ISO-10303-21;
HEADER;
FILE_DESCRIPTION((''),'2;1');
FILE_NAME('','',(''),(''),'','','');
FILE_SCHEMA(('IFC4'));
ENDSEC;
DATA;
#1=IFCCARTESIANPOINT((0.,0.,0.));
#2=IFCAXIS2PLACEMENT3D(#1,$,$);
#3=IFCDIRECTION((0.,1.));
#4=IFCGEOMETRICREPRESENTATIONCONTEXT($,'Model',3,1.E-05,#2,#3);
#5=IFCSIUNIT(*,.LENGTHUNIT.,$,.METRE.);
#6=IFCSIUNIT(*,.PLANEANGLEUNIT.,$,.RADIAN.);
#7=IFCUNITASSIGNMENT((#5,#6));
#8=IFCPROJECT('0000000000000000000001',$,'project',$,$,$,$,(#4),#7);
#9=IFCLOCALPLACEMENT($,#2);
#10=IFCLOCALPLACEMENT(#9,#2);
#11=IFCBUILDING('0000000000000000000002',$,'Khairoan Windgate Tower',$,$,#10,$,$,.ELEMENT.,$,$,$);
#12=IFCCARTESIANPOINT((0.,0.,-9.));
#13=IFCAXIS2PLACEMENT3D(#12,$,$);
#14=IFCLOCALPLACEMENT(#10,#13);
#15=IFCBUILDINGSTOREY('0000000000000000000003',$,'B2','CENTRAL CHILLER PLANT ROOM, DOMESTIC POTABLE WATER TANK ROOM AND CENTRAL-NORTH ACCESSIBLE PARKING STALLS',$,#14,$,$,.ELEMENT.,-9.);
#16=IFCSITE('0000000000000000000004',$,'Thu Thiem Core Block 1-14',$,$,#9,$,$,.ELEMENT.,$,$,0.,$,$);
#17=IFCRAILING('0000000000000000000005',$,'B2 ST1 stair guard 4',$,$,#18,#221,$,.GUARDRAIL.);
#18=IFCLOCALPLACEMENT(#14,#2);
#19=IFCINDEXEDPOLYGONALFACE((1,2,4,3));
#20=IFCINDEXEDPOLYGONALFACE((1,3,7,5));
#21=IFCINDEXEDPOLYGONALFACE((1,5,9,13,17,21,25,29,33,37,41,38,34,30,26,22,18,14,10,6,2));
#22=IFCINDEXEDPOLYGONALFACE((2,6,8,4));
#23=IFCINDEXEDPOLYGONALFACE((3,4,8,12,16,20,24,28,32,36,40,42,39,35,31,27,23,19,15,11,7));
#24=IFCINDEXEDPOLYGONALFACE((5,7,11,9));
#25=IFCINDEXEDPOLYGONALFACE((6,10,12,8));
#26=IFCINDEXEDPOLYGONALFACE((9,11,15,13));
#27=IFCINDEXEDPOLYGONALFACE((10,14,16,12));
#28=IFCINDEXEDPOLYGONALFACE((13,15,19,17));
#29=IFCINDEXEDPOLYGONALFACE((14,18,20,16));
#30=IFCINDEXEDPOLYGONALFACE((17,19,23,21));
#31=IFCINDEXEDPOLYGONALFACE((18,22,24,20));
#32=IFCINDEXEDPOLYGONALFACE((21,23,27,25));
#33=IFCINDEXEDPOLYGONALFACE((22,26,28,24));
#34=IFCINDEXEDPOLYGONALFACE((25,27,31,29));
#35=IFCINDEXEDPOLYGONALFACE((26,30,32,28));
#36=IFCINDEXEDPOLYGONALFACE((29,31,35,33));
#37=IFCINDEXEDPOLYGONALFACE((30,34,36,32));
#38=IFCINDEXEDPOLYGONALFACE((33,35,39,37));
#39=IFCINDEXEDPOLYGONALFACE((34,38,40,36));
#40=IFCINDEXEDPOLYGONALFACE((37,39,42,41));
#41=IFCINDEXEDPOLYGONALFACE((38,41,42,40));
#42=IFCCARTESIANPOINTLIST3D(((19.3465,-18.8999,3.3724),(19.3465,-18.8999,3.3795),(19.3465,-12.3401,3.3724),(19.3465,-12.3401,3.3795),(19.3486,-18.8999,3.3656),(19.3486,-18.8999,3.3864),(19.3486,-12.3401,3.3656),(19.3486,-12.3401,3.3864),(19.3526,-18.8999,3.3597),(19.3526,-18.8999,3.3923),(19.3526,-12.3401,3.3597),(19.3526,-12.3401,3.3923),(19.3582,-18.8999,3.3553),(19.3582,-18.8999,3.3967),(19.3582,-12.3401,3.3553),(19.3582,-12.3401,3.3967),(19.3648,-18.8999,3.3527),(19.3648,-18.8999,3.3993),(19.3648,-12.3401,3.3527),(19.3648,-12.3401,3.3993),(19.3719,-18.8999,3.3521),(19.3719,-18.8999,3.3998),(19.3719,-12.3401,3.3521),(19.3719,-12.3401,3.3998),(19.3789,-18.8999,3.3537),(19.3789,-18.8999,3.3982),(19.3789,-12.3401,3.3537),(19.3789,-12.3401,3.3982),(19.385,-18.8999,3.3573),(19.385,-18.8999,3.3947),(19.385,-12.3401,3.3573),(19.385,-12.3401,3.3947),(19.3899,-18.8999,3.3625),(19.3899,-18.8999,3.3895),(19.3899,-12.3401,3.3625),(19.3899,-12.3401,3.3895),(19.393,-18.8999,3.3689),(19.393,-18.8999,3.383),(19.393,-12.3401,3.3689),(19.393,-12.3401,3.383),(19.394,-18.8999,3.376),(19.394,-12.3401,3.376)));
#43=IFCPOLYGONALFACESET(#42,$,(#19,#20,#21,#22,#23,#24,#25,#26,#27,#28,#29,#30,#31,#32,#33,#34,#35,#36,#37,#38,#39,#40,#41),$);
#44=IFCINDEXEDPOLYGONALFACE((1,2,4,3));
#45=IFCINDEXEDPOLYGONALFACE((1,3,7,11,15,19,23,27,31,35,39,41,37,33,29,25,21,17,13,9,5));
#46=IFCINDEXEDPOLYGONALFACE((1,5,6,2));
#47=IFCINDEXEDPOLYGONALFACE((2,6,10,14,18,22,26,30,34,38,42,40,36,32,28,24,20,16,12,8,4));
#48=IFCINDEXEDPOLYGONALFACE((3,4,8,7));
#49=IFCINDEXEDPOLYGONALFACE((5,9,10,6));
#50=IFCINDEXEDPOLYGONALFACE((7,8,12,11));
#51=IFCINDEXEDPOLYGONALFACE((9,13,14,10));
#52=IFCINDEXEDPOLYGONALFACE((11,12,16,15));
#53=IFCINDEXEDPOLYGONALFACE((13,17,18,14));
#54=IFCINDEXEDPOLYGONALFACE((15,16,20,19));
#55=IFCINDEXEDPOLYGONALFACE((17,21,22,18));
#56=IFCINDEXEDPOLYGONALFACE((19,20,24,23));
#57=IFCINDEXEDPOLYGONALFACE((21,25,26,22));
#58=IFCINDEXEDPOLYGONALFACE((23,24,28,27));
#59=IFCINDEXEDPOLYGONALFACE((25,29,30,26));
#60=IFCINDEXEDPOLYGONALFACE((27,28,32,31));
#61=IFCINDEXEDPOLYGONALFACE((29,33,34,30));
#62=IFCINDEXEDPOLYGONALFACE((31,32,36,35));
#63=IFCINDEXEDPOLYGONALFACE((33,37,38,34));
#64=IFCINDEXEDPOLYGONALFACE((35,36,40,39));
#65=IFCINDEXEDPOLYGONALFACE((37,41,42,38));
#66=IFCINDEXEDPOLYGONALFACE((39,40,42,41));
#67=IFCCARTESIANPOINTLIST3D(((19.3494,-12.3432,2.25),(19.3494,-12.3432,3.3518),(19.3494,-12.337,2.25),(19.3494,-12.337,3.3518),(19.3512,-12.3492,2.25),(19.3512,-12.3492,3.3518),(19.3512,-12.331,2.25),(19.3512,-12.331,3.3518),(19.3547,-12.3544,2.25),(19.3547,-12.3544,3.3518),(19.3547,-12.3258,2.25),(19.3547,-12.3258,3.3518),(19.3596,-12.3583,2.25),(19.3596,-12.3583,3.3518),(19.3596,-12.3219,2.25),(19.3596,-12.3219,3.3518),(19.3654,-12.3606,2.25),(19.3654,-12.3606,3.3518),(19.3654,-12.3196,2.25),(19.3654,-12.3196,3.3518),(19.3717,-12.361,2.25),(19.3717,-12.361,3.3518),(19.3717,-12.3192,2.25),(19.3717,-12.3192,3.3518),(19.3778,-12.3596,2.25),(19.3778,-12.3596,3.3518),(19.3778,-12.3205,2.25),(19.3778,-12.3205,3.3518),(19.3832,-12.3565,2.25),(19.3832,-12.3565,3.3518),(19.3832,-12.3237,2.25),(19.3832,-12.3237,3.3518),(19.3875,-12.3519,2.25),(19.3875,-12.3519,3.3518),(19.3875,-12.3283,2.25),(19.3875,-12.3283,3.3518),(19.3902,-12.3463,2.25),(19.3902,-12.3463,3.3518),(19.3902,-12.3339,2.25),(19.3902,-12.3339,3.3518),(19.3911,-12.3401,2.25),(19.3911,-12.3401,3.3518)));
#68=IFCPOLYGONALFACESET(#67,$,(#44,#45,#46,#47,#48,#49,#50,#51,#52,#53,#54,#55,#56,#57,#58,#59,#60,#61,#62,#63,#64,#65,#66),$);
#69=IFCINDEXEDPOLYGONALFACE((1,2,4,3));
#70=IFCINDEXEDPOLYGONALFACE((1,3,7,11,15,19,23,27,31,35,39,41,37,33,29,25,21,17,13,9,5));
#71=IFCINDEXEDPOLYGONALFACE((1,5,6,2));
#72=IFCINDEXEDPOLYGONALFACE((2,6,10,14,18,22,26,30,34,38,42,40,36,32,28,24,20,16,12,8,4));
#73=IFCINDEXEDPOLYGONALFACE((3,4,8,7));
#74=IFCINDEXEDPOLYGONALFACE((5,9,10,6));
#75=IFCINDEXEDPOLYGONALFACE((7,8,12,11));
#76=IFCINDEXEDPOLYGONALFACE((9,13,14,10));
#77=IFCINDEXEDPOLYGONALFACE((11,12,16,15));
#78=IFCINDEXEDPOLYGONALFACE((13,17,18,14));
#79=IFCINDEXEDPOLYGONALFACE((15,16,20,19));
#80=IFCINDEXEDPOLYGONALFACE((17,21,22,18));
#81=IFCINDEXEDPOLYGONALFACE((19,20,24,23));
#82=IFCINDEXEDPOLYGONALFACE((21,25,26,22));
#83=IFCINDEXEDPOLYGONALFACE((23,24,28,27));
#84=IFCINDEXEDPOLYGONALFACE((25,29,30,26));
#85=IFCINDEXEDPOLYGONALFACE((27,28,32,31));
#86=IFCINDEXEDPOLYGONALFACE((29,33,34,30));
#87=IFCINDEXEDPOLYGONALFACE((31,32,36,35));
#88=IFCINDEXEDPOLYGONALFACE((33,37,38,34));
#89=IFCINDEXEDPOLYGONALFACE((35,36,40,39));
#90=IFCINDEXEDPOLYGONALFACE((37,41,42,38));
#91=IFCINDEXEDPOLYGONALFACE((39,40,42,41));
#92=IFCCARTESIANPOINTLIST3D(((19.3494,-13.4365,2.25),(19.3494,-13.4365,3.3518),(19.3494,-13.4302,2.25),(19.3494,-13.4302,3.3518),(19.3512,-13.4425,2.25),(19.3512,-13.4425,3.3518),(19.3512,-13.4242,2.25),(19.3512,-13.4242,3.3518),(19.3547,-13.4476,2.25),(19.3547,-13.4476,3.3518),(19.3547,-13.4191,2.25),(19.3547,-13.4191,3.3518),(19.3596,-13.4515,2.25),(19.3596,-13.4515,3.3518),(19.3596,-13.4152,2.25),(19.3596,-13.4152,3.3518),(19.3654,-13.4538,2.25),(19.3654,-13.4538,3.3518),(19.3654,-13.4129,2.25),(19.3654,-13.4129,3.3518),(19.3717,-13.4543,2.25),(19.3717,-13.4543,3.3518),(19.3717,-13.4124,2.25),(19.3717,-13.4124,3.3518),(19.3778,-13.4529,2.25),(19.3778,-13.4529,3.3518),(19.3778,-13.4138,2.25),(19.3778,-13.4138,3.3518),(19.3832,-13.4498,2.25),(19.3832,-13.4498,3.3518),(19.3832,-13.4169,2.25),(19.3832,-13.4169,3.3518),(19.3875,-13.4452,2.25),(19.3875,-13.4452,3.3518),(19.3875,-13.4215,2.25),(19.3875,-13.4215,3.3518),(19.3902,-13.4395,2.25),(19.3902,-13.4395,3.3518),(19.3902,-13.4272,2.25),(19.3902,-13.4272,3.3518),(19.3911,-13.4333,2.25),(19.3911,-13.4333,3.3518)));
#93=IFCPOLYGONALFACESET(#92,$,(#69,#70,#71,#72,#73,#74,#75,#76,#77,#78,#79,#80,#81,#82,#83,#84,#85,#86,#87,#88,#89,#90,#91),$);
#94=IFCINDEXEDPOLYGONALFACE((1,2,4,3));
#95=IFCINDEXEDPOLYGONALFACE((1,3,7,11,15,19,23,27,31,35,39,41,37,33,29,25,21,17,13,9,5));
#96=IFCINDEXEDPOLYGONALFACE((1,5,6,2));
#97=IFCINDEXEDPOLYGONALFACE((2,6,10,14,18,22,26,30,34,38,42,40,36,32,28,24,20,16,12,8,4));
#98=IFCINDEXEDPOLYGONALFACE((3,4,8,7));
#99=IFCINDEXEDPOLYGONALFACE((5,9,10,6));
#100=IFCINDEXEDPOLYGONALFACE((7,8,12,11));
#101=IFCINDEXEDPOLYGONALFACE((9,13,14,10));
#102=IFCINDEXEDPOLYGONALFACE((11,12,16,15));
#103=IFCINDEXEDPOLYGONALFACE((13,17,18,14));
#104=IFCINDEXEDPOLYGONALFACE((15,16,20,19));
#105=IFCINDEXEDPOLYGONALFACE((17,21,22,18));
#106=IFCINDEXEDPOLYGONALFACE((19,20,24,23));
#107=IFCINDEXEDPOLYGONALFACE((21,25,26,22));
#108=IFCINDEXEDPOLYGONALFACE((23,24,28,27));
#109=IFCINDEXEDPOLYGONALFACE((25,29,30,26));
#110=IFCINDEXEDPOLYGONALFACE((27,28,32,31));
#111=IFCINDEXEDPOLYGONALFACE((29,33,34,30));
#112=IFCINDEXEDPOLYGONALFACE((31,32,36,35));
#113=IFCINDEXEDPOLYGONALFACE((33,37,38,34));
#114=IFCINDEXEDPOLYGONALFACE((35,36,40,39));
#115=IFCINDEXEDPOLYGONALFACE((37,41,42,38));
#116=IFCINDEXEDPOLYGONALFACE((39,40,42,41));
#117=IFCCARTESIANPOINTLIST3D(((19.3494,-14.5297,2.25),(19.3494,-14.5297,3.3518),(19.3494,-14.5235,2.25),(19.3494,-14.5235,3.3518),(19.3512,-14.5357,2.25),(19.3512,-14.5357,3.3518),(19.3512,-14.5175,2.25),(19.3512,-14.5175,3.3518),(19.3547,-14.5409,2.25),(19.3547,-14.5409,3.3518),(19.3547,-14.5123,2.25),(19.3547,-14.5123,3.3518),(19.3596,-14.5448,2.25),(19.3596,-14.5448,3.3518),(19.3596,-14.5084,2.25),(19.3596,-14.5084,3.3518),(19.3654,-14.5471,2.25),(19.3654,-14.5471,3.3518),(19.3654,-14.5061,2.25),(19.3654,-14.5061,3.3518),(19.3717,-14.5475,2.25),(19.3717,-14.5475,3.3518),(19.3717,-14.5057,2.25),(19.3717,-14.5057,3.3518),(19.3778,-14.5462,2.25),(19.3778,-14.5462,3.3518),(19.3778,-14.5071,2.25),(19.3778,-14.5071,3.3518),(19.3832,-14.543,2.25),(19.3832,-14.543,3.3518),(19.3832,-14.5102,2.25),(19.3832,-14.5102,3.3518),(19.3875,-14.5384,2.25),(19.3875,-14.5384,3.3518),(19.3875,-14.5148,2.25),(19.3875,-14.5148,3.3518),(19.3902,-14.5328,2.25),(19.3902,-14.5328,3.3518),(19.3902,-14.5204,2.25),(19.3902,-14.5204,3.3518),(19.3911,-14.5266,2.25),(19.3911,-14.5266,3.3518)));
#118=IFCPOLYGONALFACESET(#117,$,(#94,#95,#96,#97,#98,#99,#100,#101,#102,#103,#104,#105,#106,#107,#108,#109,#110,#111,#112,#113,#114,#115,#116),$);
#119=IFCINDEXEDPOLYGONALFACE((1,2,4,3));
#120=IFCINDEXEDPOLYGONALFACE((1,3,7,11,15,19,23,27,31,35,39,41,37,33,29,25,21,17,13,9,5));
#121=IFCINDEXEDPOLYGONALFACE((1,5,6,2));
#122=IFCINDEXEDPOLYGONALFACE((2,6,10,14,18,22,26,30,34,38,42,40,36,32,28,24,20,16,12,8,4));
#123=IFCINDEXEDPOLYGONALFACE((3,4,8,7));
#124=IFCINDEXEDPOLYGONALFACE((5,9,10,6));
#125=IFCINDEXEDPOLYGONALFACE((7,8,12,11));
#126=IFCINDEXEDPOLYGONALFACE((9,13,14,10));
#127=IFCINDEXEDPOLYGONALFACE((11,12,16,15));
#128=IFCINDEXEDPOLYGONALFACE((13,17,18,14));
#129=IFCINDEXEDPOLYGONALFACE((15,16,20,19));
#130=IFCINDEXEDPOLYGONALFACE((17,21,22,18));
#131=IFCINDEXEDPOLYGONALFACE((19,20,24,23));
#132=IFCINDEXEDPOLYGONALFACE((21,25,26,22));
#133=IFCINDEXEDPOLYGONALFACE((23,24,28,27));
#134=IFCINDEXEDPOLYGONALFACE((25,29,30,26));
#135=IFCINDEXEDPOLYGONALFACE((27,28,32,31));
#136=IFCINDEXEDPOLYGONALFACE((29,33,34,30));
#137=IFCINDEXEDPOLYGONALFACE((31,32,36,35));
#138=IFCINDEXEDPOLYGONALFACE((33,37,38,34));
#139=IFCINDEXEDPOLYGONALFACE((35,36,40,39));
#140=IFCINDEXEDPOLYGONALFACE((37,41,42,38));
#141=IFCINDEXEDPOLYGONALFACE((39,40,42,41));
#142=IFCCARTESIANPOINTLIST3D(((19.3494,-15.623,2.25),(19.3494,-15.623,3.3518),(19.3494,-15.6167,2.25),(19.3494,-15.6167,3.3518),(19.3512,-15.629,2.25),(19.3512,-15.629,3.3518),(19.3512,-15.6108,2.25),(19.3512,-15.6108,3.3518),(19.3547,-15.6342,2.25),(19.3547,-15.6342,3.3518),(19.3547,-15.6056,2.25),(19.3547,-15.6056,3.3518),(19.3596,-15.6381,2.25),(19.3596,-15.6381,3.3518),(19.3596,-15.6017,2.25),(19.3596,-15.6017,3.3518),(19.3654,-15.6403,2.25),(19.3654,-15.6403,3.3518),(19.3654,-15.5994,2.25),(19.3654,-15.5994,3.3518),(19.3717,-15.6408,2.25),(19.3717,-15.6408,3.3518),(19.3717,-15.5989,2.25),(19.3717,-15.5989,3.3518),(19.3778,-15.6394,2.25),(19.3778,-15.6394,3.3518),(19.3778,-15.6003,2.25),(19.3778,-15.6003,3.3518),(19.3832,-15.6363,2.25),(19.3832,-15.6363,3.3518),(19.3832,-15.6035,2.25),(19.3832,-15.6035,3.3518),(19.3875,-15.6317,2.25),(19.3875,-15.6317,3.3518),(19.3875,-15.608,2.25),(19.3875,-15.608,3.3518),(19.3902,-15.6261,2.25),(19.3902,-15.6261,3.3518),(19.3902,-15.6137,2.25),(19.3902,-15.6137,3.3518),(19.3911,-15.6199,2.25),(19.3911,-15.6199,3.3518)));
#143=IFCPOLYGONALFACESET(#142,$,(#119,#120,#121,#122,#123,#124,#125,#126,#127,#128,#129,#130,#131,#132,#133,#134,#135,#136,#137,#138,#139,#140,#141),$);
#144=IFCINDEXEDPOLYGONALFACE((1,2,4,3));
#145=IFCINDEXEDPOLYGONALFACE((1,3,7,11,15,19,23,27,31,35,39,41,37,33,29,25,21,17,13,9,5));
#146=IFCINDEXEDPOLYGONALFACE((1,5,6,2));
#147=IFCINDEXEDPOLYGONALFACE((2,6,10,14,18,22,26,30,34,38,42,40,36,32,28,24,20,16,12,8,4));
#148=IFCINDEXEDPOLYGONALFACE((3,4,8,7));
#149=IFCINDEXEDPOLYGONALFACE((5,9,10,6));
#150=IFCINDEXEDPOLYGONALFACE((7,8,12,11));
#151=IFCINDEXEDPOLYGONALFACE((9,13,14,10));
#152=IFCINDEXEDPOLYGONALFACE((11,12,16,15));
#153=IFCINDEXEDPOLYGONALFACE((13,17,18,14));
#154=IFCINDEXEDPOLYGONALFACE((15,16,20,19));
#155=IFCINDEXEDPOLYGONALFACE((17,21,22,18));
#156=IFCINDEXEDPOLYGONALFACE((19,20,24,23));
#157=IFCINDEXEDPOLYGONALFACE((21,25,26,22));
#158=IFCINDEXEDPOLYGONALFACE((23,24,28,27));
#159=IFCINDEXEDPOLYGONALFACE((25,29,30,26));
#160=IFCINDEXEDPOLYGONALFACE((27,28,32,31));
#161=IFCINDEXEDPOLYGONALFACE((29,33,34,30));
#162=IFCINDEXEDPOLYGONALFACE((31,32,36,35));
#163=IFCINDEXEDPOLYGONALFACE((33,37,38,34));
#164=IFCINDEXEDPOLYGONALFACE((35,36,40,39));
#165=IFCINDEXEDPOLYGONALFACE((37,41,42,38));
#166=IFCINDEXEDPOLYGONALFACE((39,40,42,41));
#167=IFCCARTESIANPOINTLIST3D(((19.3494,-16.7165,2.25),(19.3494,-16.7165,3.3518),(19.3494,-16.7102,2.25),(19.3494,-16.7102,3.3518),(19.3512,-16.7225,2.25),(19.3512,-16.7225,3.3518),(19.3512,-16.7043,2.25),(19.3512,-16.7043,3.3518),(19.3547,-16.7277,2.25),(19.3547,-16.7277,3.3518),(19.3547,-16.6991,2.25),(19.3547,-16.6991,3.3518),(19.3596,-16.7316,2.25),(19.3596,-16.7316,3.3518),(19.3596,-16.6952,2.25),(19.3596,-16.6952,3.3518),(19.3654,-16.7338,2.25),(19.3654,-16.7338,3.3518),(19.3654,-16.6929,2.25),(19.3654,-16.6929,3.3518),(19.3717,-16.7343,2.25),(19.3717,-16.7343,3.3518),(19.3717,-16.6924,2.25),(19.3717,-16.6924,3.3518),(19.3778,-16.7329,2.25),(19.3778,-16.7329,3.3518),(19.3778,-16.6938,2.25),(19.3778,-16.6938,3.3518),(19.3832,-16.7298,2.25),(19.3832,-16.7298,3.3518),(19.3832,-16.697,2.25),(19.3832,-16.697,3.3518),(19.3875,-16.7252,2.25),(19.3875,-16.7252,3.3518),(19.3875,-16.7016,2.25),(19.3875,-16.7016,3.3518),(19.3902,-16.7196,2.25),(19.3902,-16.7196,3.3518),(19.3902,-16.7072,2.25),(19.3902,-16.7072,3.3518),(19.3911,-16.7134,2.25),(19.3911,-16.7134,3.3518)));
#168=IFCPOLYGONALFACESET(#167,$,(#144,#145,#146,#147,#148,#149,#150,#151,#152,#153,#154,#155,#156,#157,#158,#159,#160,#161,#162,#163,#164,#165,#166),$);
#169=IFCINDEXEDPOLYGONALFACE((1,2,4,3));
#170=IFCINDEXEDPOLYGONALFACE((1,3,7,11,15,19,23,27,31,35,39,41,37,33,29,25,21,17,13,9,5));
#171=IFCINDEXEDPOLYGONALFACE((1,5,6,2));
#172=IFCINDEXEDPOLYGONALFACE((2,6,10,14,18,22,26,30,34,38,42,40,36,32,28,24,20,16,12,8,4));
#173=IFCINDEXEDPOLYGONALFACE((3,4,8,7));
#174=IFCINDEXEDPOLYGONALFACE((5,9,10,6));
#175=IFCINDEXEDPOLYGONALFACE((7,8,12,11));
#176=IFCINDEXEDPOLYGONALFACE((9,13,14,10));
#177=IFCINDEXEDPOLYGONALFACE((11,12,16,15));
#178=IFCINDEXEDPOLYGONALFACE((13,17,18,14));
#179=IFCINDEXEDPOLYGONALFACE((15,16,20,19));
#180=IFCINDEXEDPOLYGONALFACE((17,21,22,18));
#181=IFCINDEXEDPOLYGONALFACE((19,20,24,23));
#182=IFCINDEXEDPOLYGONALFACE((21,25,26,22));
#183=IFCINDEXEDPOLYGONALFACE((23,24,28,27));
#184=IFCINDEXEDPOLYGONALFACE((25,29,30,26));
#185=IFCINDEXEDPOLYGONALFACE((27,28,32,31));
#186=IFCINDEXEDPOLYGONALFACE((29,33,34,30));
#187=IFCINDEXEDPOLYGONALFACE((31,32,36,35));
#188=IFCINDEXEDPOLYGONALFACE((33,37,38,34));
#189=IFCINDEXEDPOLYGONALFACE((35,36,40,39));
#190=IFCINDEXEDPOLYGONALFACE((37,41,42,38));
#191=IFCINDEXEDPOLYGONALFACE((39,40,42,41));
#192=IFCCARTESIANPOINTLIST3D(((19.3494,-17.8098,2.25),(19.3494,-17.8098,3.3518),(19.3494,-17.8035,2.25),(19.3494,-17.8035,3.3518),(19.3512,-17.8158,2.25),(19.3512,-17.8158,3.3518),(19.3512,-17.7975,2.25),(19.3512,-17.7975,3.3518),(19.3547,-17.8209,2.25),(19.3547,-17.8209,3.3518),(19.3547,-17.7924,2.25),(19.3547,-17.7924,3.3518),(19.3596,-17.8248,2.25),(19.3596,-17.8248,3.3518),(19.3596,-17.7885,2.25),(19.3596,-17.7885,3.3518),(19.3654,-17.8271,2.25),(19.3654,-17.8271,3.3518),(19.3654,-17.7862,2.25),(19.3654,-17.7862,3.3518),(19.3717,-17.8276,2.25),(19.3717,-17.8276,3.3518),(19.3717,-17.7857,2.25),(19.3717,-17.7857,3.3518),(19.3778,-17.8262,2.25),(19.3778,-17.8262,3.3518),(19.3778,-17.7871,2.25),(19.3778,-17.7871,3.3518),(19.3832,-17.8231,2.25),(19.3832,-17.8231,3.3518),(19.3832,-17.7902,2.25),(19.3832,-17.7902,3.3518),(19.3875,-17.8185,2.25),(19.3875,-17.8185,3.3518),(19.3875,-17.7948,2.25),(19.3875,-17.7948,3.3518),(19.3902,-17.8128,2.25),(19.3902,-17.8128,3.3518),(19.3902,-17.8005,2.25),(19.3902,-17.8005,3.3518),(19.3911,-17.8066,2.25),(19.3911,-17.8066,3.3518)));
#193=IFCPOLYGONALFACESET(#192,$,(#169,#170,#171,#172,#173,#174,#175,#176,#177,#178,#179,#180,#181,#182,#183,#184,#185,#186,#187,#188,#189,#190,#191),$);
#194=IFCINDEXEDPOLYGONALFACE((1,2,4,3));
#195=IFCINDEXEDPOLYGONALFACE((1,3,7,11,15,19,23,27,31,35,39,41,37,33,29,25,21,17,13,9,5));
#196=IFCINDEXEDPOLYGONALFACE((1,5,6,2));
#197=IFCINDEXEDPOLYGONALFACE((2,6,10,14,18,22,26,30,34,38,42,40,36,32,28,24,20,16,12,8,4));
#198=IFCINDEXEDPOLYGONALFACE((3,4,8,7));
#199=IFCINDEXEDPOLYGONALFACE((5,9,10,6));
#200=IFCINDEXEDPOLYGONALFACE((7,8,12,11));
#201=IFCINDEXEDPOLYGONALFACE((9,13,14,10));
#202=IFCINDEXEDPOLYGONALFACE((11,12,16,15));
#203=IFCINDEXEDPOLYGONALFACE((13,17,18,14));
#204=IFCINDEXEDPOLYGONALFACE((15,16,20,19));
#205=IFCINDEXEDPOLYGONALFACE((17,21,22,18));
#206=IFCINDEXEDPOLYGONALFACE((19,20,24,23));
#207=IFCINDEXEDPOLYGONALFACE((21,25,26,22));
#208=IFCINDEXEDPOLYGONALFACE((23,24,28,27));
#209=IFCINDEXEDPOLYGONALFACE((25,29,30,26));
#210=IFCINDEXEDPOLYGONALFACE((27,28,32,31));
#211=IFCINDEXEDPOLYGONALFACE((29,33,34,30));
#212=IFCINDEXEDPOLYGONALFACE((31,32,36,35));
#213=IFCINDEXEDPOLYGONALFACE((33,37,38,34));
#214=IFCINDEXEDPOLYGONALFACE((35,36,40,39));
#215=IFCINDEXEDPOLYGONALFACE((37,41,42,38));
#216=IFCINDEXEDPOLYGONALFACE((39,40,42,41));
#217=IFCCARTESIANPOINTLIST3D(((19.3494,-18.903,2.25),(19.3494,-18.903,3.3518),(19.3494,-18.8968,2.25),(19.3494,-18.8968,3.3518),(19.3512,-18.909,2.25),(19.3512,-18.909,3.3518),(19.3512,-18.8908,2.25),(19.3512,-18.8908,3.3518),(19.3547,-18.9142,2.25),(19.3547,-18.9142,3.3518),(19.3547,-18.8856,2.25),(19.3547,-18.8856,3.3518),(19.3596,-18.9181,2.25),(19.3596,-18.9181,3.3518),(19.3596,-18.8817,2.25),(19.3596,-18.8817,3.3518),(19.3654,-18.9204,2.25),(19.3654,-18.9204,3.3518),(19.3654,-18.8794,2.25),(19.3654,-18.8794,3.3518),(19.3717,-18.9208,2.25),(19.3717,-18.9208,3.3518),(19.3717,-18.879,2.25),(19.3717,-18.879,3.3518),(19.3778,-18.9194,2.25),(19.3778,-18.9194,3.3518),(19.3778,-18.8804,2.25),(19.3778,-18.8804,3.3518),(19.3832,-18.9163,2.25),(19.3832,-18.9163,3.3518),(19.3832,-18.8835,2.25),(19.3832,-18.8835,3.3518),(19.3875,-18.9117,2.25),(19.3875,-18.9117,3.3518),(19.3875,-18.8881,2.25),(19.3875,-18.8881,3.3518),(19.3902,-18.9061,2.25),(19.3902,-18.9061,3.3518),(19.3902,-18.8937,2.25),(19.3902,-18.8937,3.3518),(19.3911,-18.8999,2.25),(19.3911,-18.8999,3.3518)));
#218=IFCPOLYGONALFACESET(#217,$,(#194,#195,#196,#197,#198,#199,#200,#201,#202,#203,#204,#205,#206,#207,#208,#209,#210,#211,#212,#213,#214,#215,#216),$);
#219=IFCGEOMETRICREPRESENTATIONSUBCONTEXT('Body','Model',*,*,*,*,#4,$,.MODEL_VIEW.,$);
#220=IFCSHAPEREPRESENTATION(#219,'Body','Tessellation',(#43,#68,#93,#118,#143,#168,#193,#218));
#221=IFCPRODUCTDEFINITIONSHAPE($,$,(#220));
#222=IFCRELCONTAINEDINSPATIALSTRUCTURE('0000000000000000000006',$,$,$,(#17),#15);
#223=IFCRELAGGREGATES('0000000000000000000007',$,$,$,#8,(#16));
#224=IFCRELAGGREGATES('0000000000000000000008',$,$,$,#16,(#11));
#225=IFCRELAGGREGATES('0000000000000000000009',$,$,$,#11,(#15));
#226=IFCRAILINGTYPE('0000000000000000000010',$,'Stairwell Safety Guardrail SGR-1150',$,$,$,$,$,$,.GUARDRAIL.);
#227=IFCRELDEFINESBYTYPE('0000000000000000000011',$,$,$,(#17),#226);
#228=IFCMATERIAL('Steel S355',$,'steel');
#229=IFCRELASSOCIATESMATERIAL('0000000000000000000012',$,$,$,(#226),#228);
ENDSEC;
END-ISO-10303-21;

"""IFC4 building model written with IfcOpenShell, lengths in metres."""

from ifc_helpers import new_model, si_unit, direction, frame, origin, origin_2d, place, context, subcontext, project, spatial, circle, extrude, material, type_object, element, save


model = new_model("IFC4")

# Units and contexts
model_context = context("Model", 3, precision=1e-05, world=origin(), true_north=direction((0.0, 1.0)))
body_context = subcontext(model_context, "Body", "Model", "MODEL_VIEW")
ifc_project = project(units=[si_unit("LENGTHUNIT", "METRE"), si_unit("PLANEANGLEUNIT", "RADIAN")], contexts=[model_context])

# Site, building, storey
site_placement = place(None, origin())
site = spatial("IfcSite", under=ifc_project, at=site_placement, Name="Thu Thiem Core Block 1-14", CompositionType="ELEMENT", RefElevation=0.0)
building_placement = place(site_placement, origin())
building = spatial("IfcBuilding", under=site, at=building_placement, Name="Khairoan Windgate Tower", CompositionType="ELEMENT")
storey_placement = place(building_placement, frame((0.0, 0.0, -9.0)))
storey = spatial("IfcBuildingStorey", under=building, at=storey_placement, Name="B2", Description="CENTRAL CHILLER PLANT ROOM, DOMESTIC POTABLE WATER TANK ROOM AND CENTRAL-NORTH ACCESSIBLE PARKING STALLS", CompositionType="ELEMENT", Elevation=-9.0)

# Railing
ifc_material_1 = material(Name="Steel S355", Category="steel")
railing_type_1 = type_object("IfcRailingType", Name="Stairwell Safety Guardrail SGR-1150", PredefinedType="GUARDRAIL", material=ifc_material_1)
railing_1_placement = place(storey_placement, frame((19.3701, -12.3401, 2.25)))
element("IfcRailing", 1, at=railing_1_placement, inside=storey, type_object=railing_type_1, Name="B2 ST1 stair guard 4", PredefinedType="GUARDRAIL", context=body_context, shape_type="SweptSolid", body=[
    extrude(circle(Radius=0.0239, at=origin_2d()), frame((0.0, 0.0, 1.126), z_axis=(0.0, -1.0, 0.0), x_axis=(1.0, 0.0, 0.0)), (0.0, 0.0, 1.0), 6.5598),
    extrude(circle(Radius=0.021, at=origin_2d()), origin(), (0.0, 0.0, 1.0), 1.1018),
    extrude(circle(Radius=0.021, at=origin_2d()), frame((0.0, -1.0933, 0.0)), (0.0, 0.0, 1.0), 1.1018),
    extrude(circle(Radius=0.021, at=origin_2d()), frame((0.0, -2.1865, 0.0)), (0.0, 0.0, 1.0), 1.1018),
    extrude(circle(Radius=0.021, at=origin_2d()), frame((0.0, -3.2798, 0.0)), (0.0, 0.0, 1.0), 1.1018),
    extrude(circle(Radius=0.021, at=origin_2d()), frame((0.0, -4.3733, 0.0)), (0.0, 0.0, 1.0), 1.1018),
    extrude(circle(Radius=0.021, at=origin_2d()), frame((0.0, -5.4666, 0.0)), (0.0, 0.0, 1.0), 1.1018),
    extrude(circle(Radius=0.021, at=origin_2d()), frame((0.0, -6.5598, 0.0)), (0.0, 0.0, 1.0), 1.1018),
])

save(model, "model.ifc")
